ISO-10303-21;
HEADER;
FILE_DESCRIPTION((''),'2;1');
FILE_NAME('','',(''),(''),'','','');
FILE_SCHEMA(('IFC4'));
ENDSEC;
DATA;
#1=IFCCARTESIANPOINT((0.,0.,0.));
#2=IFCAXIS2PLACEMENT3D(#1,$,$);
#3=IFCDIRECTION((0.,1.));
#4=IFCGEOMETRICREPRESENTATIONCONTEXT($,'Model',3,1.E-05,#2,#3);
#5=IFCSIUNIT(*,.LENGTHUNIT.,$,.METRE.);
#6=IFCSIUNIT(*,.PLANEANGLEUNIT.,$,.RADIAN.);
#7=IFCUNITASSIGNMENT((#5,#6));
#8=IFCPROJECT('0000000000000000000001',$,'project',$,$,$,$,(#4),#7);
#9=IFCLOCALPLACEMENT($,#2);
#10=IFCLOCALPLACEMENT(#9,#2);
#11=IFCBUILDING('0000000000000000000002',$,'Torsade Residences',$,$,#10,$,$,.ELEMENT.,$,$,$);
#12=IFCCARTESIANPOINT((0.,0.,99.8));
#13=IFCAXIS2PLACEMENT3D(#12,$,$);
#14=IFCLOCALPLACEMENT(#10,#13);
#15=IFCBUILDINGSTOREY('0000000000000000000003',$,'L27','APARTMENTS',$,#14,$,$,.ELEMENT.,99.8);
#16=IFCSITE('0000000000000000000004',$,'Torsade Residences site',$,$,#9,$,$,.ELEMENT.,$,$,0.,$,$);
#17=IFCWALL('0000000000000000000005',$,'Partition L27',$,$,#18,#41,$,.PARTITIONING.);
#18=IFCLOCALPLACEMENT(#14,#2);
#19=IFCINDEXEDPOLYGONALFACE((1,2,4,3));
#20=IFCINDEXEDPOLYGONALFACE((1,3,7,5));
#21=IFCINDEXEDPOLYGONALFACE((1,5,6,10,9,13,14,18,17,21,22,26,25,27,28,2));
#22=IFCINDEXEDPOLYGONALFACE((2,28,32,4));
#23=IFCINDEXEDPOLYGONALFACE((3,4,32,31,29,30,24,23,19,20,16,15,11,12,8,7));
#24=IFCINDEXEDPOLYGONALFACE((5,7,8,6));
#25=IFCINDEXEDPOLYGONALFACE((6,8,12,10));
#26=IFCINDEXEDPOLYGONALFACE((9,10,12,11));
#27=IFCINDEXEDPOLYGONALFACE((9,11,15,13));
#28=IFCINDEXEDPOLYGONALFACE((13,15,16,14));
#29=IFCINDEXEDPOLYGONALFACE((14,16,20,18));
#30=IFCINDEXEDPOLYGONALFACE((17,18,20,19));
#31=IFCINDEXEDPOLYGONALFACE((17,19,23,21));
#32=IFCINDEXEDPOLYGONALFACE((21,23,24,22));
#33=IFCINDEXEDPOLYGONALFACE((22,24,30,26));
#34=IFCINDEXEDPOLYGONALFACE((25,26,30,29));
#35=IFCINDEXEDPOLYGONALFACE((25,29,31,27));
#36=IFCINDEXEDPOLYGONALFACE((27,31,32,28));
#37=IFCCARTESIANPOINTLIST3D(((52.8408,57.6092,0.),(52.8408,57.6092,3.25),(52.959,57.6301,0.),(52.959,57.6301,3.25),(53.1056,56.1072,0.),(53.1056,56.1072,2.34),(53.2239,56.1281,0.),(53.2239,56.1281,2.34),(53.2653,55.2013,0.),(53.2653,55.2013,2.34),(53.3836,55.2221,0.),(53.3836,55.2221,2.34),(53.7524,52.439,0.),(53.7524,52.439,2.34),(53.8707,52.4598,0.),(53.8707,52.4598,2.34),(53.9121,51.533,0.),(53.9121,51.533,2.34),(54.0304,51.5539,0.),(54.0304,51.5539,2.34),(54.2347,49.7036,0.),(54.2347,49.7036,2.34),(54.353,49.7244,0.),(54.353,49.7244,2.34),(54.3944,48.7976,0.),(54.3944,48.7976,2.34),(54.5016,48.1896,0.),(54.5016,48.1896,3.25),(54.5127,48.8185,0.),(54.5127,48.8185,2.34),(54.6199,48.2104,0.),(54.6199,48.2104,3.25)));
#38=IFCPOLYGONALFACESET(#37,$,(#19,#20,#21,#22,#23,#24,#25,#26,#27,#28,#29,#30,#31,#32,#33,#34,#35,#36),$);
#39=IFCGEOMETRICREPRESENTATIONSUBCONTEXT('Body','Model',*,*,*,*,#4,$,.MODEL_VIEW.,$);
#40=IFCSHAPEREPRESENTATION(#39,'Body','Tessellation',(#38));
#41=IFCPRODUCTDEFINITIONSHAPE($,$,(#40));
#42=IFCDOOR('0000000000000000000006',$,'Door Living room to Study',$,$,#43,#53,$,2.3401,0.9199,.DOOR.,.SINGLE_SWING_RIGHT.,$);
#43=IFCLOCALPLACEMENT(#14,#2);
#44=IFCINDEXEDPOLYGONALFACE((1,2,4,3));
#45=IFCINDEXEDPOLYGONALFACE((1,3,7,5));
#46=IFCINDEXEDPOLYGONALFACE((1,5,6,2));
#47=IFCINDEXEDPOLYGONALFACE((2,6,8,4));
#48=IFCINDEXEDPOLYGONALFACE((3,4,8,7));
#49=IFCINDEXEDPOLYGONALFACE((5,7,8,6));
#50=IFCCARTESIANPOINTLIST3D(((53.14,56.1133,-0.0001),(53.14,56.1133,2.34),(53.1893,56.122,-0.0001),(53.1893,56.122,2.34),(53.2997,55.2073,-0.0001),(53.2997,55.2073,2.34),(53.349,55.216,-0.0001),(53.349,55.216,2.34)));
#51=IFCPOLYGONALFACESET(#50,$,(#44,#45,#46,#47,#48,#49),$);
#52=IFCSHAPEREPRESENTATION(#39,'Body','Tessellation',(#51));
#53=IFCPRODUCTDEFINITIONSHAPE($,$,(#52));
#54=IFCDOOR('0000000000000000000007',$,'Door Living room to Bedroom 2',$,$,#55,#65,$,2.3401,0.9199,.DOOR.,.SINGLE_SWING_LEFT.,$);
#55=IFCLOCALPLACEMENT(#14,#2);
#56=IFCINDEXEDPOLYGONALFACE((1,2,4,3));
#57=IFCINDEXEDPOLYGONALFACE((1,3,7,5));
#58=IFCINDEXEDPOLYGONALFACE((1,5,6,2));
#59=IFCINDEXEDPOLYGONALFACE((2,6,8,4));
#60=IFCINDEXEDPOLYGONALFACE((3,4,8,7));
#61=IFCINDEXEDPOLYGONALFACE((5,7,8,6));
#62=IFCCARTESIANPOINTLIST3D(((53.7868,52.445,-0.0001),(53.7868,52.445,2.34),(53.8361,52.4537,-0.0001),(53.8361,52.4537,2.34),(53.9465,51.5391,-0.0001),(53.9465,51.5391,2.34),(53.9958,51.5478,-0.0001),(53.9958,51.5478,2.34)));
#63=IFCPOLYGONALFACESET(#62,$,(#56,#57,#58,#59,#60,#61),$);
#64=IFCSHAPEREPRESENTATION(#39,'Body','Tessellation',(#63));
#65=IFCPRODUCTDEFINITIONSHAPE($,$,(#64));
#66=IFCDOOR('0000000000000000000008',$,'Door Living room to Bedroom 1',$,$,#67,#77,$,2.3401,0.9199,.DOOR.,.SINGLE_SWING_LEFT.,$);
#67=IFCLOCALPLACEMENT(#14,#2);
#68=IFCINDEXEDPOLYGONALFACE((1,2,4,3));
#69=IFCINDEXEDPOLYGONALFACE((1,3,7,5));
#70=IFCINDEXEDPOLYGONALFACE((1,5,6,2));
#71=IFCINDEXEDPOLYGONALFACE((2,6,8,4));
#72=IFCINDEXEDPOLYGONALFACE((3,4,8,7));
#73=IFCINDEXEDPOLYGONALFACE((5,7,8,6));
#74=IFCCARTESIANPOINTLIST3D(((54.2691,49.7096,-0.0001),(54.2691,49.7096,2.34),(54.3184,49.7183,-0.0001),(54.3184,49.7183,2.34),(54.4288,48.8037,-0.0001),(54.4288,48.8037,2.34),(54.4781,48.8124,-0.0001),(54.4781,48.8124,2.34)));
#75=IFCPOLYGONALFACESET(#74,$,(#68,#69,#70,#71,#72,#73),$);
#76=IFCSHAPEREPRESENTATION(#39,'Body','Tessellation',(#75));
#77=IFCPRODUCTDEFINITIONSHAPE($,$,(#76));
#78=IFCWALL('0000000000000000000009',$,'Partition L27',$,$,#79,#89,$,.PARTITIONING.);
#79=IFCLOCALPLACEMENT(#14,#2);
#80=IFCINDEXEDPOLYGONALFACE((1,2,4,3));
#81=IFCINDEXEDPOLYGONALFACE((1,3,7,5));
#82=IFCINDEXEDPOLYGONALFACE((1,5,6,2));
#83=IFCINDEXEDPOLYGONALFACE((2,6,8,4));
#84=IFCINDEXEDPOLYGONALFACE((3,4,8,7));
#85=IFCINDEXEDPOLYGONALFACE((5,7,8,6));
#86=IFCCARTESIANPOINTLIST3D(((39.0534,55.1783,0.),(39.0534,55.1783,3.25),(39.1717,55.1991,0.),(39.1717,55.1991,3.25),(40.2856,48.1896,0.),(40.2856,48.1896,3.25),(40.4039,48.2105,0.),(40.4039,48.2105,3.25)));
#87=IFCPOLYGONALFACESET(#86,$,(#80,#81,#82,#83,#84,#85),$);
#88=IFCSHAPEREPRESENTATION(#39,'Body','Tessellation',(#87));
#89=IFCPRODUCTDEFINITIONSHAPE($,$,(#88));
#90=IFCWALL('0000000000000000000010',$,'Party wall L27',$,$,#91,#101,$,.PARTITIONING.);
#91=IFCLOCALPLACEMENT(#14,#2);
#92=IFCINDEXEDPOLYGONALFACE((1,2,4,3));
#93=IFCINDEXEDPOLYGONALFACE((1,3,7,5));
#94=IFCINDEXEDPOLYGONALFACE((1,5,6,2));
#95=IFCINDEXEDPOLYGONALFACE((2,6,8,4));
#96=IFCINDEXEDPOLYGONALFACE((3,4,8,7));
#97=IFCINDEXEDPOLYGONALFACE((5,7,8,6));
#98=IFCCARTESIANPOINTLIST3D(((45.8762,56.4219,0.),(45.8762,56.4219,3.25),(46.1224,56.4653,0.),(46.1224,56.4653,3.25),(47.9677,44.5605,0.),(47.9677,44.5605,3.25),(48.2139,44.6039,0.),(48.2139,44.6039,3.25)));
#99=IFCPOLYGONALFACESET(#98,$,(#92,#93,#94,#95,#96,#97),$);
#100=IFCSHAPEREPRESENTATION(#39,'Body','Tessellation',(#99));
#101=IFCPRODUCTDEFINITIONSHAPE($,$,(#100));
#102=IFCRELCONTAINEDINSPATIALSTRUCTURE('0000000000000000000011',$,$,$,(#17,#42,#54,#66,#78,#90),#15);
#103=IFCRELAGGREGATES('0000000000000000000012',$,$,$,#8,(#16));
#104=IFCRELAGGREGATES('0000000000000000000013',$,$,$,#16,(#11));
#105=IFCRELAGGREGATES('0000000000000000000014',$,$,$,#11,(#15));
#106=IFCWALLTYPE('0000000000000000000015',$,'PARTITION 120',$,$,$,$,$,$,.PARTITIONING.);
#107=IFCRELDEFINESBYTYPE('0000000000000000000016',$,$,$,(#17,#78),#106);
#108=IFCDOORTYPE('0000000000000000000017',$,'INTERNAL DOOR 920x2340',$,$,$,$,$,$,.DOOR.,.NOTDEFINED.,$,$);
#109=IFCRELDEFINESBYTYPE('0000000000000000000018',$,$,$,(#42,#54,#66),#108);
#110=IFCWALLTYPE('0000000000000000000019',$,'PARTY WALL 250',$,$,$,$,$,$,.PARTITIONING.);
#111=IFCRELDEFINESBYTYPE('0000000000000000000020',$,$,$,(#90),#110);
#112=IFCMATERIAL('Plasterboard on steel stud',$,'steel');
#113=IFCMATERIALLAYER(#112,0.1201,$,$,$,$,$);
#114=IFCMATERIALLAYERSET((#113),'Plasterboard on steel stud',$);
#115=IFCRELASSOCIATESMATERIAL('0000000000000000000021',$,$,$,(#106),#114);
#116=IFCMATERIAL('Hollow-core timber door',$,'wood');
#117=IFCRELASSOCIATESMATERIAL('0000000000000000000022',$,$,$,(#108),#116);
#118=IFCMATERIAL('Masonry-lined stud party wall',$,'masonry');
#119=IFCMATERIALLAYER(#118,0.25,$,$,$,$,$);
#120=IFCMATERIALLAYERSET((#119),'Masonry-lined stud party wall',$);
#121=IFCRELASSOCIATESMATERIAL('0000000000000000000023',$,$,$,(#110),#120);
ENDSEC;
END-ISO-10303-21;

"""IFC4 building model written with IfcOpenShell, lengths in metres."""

from ifc_helpers import new_model, si_unit, direction, frame, frame_2d, origin, place, context, subcontext, project, spatial, rectangle, extrude, material, layer, layer_set, type_object, element, fill, save


model = new_model("IFC4")

# Units and contexts
model_context = context("Model", 3, precision=1e-05, world=origin(), true_north=direction((0.0, 1.0)))
body_context = subcontext(model_context, "Body", "Model", "MODEL_VIEW")
ifc_project = project(units=[si_unit("LENGTHUNIT", "METRE"), si_unit("PLANEANGLEUNIT", "RADIAN")], contexts=[model_context])

# Site, building, storey
site_placement = place(None, origin())
site = spatial("IfcSite", under=ifc_project, at=site_placement, Name="Torsade Residences site", CompositionType="ELEMENT", RefElevation=0.0)
building_placement = place(site_placement, origin())
building = spatial("IfcBuilding", under=site, at=building_placement, Name="Torsade Residences", CompositionType="ELEMENT")
storey_placement = place(building_placement, frame((0.0, 0.0, 99.8)))
storey = spatial("IfcBuildingStorey", under=building, at=storey_placement, Name="L27", Description="APARTMENTS", CompositionType="ELEMENT", Elevation=99.8)

# Shared definitions
ifc_material_1 = material(Name="Plasterboard on steel stud", Category="steel")
ifc_layer_1 = layer(ifc_material_1, 0.1201)
ifc_layer_set_1 = layer_set([ifc_layer_1], Name="Plasterboard on steel stud")
wall_type_1 = type_object("IfcWallType", Name="PARTITION 120", PredefinedType="PARTITIONING", material=ifc_layer_set_1)

# Wall, openings, doors
wall_1_placement = place(storey_placement, frame((52.8999, 57.6196, 0.0), z_axis=(0.0, 0.0, 1.0), x_axis=(0.173643, -0.984809, 0.0)))
wall_1 = element("IfcWall", 1, at=wall_1_placement, inside=storey, type_object=wall_type_1, Name="Partition L27", PredefinedType="PARTITIONING", context=body_context, shape_type="SweptSolid", body=[
    extrude(rectangle(XDim=9.5649, YDim=0.1201, at=frame_2d((4.7825, 0.0))), origin(), (0.0, 0.0, 1.0), 3.25),
])
opening_1_placement = place(wall_1_placement, frame((1.5251, 0.0, 0.0)))
opening_1 = element("IfcOpeningElement", 2, at=opening_1_placement, cuts=wall_1, PredefinedType="OPENING", context=body_context, shape_type="SweptSolid", body=[
    extrude(rectangle(XDim=0.9199, YDim=2.3401, at=frame_2d((0.46, 1.1699))), frame((0.0, 0.0701, 0.0), z_axis=(0.0, -1.0, 0.0), x_axis=(1.0, 0.0, 0.0)), (0.0, 0.0, 1.0), 0.1401),
])
opening_2_placement = place(wall_1_placement, frame((5.25, 0.0, 0.0)))
opening_2 = element("IfcOpeningElement", 3, at=opening_2_placement, cuts=wall_1, PredefinedType="OPENING", context=body_context, shape_type="SweptSolid", body=[
    extrude(rectangle(XDim=0.9199, YDim=2.3401, at=frame_2d((0.46, 1.1699))), frame((0.0, 0.0701, 0.0), z_axis=(0.0, -1.0, 0.0), x_axis=(1.0, 0.0, 0.0)), (0.0, 0.0, 1.0), 0.1401),
])
opening_3_placement = place(wall_1_placement, frame((8.0276, 0.0, 0.0)))
opening_3 = element("IfcOpeningElement", 4, at=opening_3_placement, cuts=wall_1, PredefinedType="OPENING", context=body_context, shape_type="SweptSolid", body=[
    extrude(rectangle(XDim=0.9199, YDim=2.3401, at=frame_2d((0.46, 1.1699))), frame((0.0, 0.0701, 0.0), z_axis=(0.0, -1.0, 0.0), x_axis=(1.0, 0.0, 0.0)), (0.0, 0.0, 1.0), 0.1401),
])
ifc_material_2 = material(Name="Hollow-core timber door", Category="wood")
door_type_1 = type_object("IfcDoorType", Name="INTERNAL DOOR 920x2340", OperationType="NOTDEFINED", PredefinedType="DOOR", material=ifc_material_2)
door_1_placement = place(opening_1_placement, origin())
door_1 = element("IfcDoor", 5, at=door_1_placement, inside=storey, type_object=door_type_1, Name="Door Living room to Study", OperationType="SINGLE_SWING_RIGHT", OverallHeight=2.3401, OverallWidth=0.9199, PredefinedType="DOOR", context=body_context, shape_type="SweptSolid", body=[
    extrude(rectangle(XDim=0.9199, YDim=2.3401, at=frame_2d((0.46, 1.1699))), frame((0.0, 0.0249, 0.0), z_axis=(0.0, -1.0, 0.0), x_axis=(1.0, 0.0, 0.0)), (0.0, 0.0, 1.0), 0.05),
])
fill(opening_1, door_1)
door_2_placement = place(opening_2_placement, origin())
door_2 = element("IfcDoor", 6, at=door_2_placement, inside=storey, type_object=door_type_1, Name="Door Living room to Bedroom 2", OperationType="SINGLE_SWING_LEFT", OverallHeight=2.3401, OverallWidth=0.9199, PredefinedType="DOOR", context=body_context, shape_type="SweptSolid", body=[
    extrude(rectangle(XDim=0.9199, YDim=2.3401, at=frame_2d((0.46, 1.1699))), frame((0.0, 0.0249, 0.0), z_axis=(0.0, -1.0, 0.0), x_axis=(1.0, 0.0, 0.0)), (0.0, 0.0, 1.0), 0.05),
])
fill(opening_2, door_2)
door_3_placement = place(opening_3_placement, origin())
door_3 = element("IfcDoor", 7, at=door_3_placement, inside=storey, type_object=door_type_1, Name="Door Living room to Bedroom 1", OperationType="SINGLE_SWING_LEFT", OverallHeight=2.3401, OverallWidth=0.9199, PredefinedType="DOOR", context=body_context, shape_type="SweptSolid", body=[
    extrude(rectangle(XDim=0.9199, YDim=2.3401, at=frame_2d((0.46, 1.1699))), frame((0.0, 0.0249, 0.0), z_axis=(0.0, -1.0, 0.0), x_axis=(1.0, 0.0, 0.0)), (0.0, 0.0, 1.0), 0.05),
])
fill(opening_3, door_3)

# Walls
wall_2_placement = place(storey_placement, frame((40.3447, 48.2, 0.0), z_axis=(0.0, 0.0, 1.0), x_axis=(-0.173636, 0.98481, 0.0)))
element("IfcWall", 8, at=wall_2_placement, inside=storey, type_object=wall_type_1, Name="Partition L27", PredefinedType="PARTITIONING", context=body_context, shape_type="SweptSolid", body=[
    extrude(rectangle(XDim=7.0964, YDim=0.1201, at=frame_2d((3.5483, 0.0))), origin(), (0.0, 0.0, 1.0), 3.25),
])
ifc_material_3 = material(Name="Masonry-lined stud party wall", Category="masonry")
ifc_layer_2 = layer(ifc_material_3, 0.25)
ifc_layer_set_2 = layer_set([ifc_layer_2], Name="Masonry-lined stud party wall")
wall_type_2 = type_object("IfcWallType", Name="PARTY WALL 250", PredefinedType="PARTITIONING", material=ifc_layer_set_2)
wall_3_placement = place(storey_placement, frame((45.9993, 56.4436, 0.0), z_axis=(0.0, 0.0, 1.0), x_axis=(0.173655, -0.984807, 0.0)))
element("IfcWall", 9, at=wall_3_placement, inside=storey, type_object=wall_type_2, Name="Party wall L27", PredefinedType="PARTITIONING", context=body_context, shape_type="SweptSolid", body=[
    extrude(rectangle(XDim=12.0444, YDim=0.25, at=frame_2d((6.0222, 0.0))), origin(), (0.0, 0.0, 1.0), 3.25),
])

save(model, "model.ifc")
